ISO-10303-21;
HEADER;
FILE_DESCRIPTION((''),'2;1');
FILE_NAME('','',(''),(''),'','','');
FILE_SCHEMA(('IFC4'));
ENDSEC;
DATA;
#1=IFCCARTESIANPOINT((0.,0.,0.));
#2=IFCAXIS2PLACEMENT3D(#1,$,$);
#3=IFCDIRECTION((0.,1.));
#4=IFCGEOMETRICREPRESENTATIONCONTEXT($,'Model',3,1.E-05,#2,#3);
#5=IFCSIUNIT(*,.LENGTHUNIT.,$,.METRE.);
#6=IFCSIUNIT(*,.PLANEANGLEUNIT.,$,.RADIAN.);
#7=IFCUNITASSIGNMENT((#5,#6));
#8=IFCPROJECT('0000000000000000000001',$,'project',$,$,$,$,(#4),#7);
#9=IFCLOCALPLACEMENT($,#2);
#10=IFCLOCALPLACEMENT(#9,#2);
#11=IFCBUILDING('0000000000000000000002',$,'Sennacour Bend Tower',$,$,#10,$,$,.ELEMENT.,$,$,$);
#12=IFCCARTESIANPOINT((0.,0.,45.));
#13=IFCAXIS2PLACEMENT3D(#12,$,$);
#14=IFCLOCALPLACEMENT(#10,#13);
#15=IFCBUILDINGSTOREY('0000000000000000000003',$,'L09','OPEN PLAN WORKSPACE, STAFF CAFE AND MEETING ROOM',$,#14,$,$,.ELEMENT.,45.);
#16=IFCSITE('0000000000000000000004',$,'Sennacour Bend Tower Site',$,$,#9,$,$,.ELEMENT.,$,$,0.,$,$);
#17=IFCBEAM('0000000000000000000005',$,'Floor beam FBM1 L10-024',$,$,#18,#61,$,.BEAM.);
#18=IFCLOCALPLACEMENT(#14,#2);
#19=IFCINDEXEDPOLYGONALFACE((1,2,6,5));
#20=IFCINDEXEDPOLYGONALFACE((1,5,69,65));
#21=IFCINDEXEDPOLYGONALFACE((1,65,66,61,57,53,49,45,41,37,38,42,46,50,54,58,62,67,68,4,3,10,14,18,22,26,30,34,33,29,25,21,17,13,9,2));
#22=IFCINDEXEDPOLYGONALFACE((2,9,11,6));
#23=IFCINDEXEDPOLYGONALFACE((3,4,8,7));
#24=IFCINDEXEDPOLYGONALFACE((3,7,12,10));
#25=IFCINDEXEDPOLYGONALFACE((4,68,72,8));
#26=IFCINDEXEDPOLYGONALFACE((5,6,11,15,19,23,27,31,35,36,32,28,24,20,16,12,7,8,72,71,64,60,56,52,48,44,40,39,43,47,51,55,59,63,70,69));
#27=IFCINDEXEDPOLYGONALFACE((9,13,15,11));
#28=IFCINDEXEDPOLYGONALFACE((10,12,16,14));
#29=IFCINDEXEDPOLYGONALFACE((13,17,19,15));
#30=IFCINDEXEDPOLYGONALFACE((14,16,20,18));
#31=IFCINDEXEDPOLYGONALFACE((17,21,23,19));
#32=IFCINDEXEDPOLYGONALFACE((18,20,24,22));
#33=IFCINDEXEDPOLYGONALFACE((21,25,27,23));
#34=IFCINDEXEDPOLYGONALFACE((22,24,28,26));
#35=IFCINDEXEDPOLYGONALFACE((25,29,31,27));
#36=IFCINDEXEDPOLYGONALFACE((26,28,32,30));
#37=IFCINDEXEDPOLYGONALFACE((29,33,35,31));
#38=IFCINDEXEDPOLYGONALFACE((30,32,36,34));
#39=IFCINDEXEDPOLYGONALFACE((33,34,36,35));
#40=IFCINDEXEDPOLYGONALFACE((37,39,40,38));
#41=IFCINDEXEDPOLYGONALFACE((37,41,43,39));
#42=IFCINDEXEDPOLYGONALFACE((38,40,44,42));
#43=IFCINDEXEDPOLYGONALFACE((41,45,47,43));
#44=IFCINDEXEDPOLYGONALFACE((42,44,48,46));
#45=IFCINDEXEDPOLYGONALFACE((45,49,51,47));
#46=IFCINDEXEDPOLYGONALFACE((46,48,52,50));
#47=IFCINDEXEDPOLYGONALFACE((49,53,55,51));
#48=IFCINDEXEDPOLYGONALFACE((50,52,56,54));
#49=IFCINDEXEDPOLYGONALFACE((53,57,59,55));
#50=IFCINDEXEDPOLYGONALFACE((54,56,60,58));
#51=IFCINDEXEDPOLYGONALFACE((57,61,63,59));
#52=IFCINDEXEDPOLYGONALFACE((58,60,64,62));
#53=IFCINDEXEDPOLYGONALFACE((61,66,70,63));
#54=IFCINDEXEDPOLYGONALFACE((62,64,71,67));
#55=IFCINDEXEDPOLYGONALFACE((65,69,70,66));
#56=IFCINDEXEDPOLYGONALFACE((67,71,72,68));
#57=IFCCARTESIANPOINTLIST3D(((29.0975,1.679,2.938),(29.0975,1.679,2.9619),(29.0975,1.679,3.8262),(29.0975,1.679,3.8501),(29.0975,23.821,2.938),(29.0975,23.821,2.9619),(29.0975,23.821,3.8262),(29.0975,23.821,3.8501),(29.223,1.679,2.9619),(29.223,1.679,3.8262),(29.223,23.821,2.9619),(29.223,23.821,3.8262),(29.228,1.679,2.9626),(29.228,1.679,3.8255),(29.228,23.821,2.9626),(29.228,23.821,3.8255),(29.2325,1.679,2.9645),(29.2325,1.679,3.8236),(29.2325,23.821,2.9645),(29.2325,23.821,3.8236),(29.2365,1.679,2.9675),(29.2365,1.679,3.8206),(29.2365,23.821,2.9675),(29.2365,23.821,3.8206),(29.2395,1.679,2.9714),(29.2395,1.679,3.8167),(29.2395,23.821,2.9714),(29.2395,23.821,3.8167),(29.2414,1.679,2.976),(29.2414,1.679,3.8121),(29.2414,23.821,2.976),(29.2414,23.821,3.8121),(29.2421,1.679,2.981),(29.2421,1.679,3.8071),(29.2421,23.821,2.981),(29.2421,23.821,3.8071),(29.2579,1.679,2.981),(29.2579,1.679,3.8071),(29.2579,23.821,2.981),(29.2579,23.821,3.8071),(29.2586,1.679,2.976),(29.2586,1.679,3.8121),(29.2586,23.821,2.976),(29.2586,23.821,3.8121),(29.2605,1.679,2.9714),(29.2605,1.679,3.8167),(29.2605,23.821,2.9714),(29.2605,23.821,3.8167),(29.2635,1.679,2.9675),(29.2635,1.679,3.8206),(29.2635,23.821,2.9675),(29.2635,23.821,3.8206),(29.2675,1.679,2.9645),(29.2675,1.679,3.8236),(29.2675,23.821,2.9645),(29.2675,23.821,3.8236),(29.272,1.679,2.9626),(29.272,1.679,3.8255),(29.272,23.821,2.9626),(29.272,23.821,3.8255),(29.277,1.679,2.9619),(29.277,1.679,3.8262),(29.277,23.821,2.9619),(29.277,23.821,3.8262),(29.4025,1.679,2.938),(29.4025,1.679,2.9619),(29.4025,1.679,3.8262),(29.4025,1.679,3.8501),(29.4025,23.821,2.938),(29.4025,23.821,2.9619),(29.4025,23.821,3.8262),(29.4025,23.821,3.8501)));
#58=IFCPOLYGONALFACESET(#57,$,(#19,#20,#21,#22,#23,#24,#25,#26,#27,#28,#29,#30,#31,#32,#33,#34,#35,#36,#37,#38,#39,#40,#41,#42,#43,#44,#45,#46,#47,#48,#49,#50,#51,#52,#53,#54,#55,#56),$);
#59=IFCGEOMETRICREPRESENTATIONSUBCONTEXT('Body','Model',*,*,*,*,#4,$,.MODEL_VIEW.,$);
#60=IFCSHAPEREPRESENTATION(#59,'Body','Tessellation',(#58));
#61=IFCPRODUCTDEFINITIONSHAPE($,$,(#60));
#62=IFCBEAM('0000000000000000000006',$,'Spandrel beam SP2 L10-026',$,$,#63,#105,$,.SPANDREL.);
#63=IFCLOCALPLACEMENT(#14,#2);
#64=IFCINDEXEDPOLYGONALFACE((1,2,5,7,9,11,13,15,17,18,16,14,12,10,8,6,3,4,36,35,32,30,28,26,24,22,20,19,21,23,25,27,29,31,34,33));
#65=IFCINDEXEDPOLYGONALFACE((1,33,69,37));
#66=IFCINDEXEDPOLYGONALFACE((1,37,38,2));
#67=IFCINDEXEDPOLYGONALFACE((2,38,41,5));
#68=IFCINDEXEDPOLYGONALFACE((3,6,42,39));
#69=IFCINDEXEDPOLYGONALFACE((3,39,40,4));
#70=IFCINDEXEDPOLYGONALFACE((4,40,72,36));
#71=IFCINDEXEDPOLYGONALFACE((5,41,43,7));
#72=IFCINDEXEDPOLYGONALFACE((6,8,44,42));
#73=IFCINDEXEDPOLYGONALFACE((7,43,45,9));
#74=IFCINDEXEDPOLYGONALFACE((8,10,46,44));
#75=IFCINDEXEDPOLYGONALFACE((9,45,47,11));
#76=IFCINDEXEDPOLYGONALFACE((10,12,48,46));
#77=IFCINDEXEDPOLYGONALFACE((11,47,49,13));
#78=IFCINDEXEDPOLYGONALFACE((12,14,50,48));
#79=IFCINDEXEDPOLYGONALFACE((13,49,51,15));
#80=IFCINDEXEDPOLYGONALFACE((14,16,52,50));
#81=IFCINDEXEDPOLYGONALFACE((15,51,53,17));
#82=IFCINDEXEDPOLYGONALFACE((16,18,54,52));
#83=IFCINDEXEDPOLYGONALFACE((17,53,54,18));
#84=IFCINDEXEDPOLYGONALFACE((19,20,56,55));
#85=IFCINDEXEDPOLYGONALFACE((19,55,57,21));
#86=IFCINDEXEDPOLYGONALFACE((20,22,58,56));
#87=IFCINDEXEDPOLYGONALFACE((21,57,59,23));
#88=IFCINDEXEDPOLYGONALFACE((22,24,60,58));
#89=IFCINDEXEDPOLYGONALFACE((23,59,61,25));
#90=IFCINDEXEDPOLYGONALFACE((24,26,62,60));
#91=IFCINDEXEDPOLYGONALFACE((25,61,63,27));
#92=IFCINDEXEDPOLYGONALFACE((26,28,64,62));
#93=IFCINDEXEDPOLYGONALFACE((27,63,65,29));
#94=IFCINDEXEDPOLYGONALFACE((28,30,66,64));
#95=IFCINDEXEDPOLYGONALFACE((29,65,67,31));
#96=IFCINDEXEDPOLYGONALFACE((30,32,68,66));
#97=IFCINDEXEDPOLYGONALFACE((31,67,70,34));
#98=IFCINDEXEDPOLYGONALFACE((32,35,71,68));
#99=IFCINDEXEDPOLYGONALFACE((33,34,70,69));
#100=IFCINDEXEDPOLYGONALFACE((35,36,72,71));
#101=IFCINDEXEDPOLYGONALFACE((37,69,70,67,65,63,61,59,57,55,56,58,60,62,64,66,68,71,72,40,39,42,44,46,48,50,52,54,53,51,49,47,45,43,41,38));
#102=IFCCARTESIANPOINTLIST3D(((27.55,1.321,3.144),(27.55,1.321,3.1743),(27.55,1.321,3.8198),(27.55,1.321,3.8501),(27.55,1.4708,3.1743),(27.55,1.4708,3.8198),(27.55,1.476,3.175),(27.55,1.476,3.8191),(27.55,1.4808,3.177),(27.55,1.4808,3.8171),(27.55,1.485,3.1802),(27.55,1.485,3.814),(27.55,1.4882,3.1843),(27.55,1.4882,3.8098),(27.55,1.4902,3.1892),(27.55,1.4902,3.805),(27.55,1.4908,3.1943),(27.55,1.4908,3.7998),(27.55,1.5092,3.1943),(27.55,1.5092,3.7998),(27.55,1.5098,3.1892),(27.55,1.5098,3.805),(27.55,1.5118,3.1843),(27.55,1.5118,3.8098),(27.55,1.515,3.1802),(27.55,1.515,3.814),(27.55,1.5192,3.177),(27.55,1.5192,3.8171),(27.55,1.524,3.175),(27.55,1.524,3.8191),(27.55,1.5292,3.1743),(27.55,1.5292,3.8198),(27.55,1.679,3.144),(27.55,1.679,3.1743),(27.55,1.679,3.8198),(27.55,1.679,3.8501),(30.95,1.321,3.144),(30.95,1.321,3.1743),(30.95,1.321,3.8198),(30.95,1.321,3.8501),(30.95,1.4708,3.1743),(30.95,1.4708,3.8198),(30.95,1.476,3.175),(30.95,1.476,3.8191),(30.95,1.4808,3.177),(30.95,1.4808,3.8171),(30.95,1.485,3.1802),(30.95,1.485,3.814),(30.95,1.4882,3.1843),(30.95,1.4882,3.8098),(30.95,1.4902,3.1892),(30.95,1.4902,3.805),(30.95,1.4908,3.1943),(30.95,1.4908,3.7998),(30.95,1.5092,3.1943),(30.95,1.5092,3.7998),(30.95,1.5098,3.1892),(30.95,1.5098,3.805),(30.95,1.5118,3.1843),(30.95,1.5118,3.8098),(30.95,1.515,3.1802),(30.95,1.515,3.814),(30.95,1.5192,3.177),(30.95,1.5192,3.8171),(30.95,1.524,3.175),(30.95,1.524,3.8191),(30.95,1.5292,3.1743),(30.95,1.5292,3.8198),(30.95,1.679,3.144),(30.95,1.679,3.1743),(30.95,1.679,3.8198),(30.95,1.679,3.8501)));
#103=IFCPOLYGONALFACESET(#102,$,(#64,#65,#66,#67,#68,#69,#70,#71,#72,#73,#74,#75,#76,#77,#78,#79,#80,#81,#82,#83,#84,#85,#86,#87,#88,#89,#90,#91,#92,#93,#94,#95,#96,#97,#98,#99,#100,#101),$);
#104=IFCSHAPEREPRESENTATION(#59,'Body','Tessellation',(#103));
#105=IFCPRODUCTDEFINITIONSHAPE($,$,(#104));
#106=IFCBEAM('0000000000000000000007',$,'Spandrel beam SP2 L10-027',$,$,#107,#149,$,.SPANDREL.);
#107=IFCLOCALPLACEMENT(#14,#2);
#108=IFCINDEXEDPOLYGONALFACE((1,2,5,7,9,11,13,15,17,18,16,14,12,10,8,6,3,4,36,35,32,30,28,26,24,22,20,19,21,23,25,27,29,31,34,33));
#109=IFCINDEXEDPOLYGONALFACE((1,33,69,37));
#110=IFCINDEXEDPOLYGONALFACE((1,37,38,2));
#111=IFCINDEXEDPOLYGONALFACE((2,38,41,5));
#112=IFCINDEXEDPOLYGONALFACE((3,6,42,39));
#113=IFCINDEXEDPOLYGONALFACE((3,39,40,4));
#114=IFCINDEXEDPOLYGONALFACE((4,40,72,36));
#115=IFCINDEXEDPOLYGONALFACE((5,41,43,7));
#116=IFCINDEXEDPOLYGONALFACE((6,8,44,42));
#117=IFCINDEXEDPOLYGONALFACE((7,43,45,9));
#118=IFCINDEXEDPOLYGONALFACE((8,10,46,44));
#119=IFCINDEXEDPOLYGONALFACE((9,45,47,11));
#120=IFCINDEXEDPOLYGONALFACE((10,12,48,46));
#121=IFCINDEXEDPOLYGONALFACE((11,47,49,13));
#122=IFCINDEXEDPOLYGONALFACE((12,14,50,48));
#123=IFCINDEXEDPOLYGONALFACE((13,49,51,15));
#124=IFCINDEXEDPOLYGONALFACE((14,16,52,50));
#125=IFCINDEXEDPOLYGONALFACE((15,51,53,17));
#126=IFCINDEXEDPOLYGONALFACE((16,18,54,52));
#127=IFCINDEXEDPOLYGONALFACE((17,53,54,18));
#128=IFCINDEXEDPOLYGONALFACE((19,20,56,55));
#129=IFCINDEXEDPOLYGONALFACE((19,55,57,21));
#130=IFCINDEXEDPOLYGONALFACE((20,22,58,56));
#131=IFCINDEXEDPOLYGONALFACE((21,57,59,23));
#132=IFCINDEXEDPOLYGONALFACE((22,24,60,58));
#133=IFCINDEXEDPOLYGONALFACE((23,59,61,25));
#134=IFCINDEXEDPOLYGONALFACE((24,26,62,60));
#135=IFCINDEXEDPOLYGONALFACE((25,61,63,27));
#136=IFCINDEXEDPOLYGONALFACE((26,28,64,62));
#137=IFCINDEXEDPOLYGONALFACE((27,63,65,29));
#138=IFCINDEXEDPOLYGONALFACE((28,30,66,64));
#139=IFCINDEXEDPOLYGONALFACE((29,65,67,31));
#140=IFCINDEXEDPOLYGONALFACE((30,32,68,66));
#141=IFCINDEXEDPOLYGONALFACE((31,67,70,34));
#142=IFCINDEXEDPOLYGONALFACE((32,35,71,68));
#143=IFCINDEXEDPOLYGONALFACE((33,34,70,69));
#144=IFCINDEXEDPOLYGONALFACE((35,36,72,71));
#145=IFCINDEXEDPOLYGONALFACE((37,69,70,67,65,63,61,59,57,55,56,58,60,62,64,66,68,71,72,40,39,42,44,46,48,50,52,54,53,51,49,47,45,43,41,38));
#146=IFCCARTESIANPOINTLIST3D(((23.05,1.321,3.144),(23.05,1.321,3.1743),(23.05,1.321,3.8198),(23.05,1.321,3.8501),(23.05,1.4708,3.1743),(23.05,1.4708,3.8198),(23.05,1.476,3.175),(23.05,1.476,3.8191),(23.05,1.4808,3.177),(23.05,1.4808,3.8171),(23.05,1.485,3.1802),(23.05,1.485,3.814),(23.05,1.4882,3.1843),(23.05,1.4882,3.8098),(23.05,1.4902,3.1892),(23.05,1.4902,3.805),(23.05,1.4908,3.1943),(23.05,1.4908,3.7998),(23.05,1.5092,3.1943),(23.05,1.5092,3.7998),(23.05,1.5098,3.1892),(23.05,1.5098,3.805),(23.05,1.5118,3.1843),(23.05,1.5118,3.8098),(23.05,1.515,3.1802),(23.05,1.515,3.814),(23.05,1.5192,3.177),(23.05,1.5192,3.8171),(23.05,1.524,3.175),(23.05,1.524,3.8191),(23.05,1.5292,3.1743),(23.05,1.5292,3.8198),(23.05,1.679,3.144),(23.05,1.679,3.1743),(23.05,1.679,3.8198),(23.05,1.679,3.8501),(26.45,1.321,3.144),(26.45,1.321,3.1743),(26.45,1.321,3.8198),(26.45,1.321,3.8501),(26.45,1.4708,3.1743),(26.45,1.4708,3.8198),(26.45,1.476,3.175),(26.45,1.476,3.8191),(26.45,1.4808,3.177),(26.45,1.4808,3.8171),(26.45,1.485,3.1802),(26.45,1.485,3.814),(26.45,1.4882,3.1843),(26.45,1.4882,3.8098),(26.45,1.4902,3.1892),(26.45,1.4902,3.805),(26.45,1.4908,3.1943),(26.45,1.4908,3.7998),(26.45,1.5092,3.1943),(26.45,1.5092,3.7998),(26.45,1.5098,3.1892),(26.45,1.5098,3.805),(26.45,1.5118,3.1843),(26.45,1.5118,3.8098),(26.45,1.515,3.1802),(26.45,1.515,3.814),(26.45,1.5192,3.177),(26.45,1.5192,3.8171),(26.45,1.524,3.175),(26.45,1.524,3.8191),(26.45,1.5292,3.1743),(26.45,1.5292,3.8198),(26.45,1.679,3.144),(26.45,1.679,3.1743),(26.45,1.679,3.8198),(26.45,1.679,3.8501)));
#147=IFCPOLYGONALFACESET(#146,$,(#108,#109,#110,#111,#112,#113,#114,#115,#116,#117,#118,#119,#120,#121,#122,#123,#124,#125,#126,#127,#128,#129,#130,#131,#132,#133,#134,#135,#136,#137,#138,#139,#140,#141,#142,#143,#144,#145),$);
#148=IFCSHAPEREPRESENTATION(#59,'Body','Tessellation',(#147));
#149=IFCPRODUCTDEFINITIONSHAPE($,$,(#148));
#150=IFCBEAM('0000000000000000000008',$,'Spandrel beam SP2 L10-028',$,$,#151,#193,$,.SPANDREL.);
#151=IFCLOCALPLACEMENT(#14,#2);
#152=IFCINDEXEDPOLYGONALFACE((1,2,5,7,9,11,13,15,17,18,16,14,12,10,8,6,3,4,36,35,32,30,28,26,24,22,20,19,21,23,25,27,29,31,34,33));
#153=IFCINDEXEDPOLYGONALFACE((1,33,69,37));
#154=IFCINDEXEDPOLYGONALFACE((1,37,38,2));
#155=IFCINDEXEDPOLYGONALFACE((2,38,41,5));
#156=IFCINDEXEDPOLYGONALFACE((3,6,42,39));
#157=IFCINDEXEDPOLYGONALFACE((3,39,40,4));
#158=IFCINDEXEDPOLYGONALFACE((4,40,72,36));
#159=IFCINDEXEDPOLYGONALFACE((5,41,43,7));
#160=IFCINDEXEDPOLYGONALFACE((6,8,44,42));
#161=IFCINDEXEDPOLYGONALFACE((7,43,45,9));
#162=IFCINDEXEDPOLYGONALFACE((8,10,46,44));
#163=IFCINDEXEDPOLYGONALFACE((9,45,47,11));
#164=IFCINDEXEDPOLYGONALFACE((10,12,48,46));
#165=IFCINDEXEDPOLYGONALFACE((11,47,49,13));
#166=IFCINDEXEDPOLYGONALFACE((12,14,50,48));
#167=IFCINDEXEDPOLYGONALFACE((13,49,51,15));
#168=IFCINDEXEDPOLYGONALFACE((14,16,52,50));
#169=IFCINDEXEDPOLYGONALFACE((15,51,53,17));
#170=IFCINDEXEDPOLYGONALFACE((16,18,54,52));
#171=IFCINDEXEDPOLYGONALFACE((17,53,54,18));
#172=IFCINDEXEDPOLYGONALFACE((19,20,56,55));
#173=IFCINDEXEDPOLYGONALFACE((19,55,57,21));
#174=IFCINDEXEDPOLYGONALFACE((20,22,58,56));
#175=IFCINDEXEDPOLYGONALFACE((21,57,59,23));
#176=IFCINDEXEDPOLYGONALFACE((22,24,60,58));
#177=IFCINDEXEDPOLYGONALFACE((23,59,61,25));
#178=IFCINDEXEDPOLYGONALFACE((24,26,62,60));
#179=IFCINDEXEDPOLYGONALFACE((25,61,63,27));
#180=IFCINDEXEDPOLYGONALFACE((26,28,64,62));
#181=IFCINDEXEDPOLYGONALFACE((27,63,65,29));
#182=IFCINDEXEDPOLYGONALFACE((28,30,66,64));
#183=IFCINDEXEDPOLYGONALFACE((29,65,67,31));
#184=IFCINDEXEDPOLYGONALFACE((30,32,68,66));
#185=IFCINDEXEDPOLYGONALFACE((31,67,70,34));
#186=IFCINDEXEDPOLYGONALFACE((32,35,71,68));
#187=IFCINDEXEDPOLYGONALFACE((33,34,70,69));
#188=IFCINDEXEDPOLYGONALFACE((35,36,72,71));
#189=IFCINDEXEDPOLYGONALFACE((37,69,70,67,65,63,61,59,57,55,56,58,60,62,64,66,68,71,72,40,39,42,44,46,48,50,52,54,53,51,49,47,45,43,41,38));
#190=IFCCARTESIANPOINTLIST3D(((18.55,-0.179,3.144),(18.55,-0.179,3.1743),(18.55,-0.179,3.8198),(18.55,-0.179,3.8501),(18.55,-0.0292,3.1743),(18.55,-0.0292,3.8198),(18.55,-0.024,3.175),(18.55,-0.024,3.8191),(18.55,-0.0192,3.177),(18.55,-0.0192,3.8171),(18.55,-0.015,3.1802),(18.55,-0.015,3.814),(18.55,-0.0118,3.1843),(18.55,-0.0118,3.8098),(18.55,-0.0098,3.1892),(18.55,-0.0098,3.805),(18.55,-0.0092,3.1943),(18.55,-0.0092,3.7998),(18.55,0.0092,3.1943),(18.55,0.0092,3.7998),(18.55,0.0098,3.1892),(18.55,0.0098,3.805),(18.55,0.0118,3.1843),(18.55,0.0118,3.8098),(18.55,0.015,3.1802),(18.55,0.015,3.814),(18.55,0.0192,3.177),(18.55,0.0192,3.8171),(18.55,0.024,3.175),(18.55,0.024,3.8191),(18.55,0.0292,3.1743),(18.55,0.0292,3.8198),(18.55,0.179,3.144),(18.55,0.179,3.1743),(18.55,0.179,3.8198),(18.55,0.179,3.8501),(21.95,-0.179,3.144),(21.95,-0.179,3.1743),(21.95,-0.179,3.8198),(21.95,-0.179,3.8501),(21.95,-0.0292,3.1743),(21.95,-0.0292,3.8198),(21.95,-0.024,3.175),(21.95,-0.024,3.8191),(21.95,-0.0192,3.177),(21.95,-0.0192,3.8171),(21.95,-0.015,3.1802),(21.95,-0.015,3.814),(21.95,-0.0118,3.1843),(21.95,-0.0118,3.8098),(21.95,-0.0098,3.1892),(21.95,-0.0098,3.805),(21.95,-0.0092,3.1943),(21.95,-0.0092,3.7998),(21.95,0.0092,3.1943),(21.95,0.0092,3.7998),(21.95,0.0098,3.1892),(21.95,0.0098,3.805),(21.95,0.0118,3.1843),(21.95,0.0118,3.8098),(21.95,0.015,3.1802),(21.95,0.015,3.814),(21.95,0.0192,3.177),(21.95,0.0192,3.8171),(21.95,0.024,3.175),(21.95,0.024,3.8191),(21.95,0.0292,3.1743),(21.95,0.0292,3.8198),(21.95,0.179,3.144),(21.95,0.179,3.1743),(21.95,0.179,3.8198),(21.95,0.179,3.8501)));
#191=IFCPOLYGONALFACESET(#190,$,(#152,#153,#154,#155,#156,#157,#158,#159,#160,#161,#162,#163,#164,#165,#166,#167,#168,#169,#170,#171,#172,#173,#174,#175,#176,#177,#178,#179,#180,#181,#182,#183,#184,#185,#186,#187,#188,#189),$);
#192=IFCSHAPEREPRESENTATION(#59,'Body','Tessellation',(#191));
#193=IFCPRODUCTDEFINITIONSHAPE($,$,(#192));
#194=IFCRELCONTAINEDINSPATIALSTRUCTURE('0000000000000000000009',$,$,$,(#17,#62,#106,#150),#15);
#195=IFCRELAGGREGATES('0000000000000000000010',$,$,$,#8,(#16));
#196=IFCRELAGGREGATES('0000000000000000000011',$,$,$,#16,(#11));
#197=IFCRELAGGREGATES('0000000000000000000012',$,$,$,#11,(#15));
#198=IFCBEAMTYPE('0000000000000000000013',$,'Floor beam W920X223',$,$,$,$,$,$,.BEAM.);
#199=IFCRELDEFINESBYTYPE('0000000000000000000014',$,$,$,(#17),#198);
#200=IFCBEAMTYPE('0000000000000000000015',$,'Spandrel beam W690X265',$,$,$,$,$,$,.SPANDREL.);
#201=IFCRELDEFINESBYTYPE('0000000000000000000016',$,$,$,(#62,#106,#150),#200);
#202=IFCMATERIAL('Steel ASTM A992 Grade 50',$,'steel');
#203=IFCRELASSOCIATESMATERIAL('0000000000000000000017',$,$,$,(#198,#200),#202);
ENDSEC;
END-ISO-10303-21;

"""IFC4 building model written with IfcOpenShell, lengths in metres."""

from ifc_helpers import new_model, si_unit, direction, frame, origin, origin_2d, place, context, subcontext, project, spatial, i_section, extrude, material, material_profile, profile_set, type_object, element, save


model = new_model("IFC4")

# Units and contexts
model_context = context("Model", 3, precision=1e-05, world=origin(), true_north=direction((0.0, 1.0)))
body_context = subcontext(model_context, "Body", "Model", "MODEL_VIEW")
ifc_project = project(units=[si_unit("LENGTHUNIT", "METRE"), si_unit("PLANEANGLEUNIT", "RADIAN")], contexts=[model_context])

# Site, building, storey
site_placement = place(None, origin())
site = spatial("IfcSite", under=ifc_project, at=site_placement, Name="Sennacour Bend Tower Site", CompositionType="ELEMENT", RefElevation=0.0)
building_placement = place(site_placement, origin())
building = spatial("IfcBuilding", under=site, at=building_placement, Name="Sennacour Bend Tower", CompositionType="ELEMENT")
storey_placement = place(building_placement, frame((0.0, 0.0, 45.0)))
storey = spatial("IfcBuildingStorey", under=building, at=storey_placement, Name="L09", Description="OPEN PLAN WORKSPACE, STAFF CAFE AND MEETING ROOM", CompositionType="ELEMENT", Elevation=45.0)

# Beams
ifc_material_1 = material(Name="Steel ASTM A992 Grade 50", Category="steel")
ifc_material_profile_1 = material_profile(ifc_material_1, i_section(OverallWidth=0.3049, OverallDepth=0.9121, WebThickness=0.0159, FlangeThickness=0.0239, FilletRadius=0.019, at=origin_2d()), Name="Steel ASTM A992 Grade 50", Category="steel")
ifc_profile_set_1 = profile_set([ifc_material_profile_1], Name="Steel ASTM A992 Grade 50")
beam_type_1 = type_object("IfcBeamType", Name="Floor beam W920X223", PredefinedType="BEAM", material=ifc_profile_set_1)
beam_1_placement = place(storey_placement, frame((29.25, 1.679, 3.394), z_axis=(0.0, 1.0, 0.0), x_axis=(-1.0, 0.0, 0.0)))
element("IfcBeam", 1, at=beam_1_placement, inside=storey, type_object=beam_type_1, Name="Floor beam FBM1 L10-024", PredefinedType="BEAM", context=body_context, shape_type="SweptSolid", body=[
    extrude(i_section(OverallWidth=0.3049, OverallDepth=0.9121, WebThickness=0.0159, FlangeThickness=0.0239, FilletRadius=0.019, at=origin_2d()), origin(), (0.0, 0.0, 1.0), 22.1421),
])
ifc_material_profile_2 = material_profile(ifc_material_1, i_section(OverallWidth=0.3579, OverallDepth=0.7061, WebThickness=0.0183, FlangeThickness=0.0303, FilletRadius=0.02, at=origin_2d()), Name="Steel ASTM A992 Grade 50", Category="steel")
ifc_profile_set_2 = profile_set([ifc_material_profile_2], Name="Steel ASTM A992 Grade 50")
beam_type_2 = type_object("IfcBeamType", Name="Spandrel beam W690X265", PredefinedType="SPANDREL", material=ifc_profile_set_2)
for number, where, z_axis, x_axis, name in (
    (2, (30.95, 1.5, 3.4971), (-1.0, 0.0, 0.0), (0.0, -1.0, 0.0), "Spandrel beam SP2 L10-026"),
    (3, (26.45, 1.5, 3.4971), (-1.0, 0.0, 0.0), (0.0, -1.0, 0.0), "Spandrel beam SP2 L10-027"),
    (4, (21.95, 0.0, 3.4971), (-1.0, 0.0, 0.0), (0.0, -1.0, 0.0), "Spandrel beam SP2 L10-028"),
):
    element("IfcBeam", number, at=place(storey_placement, frame(where, z_axis=z_axis, x_axis=x_axis)), inside=storey, type_object=beam_type_2, Name=name, PredefinedType="SPANDREL", context=body_context, shape_type="SweptSolid", body=[
        extrude(i_section(OverallWidth=0.3579, OverallDepth=0.7061, WebThickness=0.0183, FlangeThickness=0.0303, FilletRadius=0.02, at=origin_2d()), origin(), (0.0, 0.0, 1.0), 3.3999),
    ])

save(model, "model.ifc")
